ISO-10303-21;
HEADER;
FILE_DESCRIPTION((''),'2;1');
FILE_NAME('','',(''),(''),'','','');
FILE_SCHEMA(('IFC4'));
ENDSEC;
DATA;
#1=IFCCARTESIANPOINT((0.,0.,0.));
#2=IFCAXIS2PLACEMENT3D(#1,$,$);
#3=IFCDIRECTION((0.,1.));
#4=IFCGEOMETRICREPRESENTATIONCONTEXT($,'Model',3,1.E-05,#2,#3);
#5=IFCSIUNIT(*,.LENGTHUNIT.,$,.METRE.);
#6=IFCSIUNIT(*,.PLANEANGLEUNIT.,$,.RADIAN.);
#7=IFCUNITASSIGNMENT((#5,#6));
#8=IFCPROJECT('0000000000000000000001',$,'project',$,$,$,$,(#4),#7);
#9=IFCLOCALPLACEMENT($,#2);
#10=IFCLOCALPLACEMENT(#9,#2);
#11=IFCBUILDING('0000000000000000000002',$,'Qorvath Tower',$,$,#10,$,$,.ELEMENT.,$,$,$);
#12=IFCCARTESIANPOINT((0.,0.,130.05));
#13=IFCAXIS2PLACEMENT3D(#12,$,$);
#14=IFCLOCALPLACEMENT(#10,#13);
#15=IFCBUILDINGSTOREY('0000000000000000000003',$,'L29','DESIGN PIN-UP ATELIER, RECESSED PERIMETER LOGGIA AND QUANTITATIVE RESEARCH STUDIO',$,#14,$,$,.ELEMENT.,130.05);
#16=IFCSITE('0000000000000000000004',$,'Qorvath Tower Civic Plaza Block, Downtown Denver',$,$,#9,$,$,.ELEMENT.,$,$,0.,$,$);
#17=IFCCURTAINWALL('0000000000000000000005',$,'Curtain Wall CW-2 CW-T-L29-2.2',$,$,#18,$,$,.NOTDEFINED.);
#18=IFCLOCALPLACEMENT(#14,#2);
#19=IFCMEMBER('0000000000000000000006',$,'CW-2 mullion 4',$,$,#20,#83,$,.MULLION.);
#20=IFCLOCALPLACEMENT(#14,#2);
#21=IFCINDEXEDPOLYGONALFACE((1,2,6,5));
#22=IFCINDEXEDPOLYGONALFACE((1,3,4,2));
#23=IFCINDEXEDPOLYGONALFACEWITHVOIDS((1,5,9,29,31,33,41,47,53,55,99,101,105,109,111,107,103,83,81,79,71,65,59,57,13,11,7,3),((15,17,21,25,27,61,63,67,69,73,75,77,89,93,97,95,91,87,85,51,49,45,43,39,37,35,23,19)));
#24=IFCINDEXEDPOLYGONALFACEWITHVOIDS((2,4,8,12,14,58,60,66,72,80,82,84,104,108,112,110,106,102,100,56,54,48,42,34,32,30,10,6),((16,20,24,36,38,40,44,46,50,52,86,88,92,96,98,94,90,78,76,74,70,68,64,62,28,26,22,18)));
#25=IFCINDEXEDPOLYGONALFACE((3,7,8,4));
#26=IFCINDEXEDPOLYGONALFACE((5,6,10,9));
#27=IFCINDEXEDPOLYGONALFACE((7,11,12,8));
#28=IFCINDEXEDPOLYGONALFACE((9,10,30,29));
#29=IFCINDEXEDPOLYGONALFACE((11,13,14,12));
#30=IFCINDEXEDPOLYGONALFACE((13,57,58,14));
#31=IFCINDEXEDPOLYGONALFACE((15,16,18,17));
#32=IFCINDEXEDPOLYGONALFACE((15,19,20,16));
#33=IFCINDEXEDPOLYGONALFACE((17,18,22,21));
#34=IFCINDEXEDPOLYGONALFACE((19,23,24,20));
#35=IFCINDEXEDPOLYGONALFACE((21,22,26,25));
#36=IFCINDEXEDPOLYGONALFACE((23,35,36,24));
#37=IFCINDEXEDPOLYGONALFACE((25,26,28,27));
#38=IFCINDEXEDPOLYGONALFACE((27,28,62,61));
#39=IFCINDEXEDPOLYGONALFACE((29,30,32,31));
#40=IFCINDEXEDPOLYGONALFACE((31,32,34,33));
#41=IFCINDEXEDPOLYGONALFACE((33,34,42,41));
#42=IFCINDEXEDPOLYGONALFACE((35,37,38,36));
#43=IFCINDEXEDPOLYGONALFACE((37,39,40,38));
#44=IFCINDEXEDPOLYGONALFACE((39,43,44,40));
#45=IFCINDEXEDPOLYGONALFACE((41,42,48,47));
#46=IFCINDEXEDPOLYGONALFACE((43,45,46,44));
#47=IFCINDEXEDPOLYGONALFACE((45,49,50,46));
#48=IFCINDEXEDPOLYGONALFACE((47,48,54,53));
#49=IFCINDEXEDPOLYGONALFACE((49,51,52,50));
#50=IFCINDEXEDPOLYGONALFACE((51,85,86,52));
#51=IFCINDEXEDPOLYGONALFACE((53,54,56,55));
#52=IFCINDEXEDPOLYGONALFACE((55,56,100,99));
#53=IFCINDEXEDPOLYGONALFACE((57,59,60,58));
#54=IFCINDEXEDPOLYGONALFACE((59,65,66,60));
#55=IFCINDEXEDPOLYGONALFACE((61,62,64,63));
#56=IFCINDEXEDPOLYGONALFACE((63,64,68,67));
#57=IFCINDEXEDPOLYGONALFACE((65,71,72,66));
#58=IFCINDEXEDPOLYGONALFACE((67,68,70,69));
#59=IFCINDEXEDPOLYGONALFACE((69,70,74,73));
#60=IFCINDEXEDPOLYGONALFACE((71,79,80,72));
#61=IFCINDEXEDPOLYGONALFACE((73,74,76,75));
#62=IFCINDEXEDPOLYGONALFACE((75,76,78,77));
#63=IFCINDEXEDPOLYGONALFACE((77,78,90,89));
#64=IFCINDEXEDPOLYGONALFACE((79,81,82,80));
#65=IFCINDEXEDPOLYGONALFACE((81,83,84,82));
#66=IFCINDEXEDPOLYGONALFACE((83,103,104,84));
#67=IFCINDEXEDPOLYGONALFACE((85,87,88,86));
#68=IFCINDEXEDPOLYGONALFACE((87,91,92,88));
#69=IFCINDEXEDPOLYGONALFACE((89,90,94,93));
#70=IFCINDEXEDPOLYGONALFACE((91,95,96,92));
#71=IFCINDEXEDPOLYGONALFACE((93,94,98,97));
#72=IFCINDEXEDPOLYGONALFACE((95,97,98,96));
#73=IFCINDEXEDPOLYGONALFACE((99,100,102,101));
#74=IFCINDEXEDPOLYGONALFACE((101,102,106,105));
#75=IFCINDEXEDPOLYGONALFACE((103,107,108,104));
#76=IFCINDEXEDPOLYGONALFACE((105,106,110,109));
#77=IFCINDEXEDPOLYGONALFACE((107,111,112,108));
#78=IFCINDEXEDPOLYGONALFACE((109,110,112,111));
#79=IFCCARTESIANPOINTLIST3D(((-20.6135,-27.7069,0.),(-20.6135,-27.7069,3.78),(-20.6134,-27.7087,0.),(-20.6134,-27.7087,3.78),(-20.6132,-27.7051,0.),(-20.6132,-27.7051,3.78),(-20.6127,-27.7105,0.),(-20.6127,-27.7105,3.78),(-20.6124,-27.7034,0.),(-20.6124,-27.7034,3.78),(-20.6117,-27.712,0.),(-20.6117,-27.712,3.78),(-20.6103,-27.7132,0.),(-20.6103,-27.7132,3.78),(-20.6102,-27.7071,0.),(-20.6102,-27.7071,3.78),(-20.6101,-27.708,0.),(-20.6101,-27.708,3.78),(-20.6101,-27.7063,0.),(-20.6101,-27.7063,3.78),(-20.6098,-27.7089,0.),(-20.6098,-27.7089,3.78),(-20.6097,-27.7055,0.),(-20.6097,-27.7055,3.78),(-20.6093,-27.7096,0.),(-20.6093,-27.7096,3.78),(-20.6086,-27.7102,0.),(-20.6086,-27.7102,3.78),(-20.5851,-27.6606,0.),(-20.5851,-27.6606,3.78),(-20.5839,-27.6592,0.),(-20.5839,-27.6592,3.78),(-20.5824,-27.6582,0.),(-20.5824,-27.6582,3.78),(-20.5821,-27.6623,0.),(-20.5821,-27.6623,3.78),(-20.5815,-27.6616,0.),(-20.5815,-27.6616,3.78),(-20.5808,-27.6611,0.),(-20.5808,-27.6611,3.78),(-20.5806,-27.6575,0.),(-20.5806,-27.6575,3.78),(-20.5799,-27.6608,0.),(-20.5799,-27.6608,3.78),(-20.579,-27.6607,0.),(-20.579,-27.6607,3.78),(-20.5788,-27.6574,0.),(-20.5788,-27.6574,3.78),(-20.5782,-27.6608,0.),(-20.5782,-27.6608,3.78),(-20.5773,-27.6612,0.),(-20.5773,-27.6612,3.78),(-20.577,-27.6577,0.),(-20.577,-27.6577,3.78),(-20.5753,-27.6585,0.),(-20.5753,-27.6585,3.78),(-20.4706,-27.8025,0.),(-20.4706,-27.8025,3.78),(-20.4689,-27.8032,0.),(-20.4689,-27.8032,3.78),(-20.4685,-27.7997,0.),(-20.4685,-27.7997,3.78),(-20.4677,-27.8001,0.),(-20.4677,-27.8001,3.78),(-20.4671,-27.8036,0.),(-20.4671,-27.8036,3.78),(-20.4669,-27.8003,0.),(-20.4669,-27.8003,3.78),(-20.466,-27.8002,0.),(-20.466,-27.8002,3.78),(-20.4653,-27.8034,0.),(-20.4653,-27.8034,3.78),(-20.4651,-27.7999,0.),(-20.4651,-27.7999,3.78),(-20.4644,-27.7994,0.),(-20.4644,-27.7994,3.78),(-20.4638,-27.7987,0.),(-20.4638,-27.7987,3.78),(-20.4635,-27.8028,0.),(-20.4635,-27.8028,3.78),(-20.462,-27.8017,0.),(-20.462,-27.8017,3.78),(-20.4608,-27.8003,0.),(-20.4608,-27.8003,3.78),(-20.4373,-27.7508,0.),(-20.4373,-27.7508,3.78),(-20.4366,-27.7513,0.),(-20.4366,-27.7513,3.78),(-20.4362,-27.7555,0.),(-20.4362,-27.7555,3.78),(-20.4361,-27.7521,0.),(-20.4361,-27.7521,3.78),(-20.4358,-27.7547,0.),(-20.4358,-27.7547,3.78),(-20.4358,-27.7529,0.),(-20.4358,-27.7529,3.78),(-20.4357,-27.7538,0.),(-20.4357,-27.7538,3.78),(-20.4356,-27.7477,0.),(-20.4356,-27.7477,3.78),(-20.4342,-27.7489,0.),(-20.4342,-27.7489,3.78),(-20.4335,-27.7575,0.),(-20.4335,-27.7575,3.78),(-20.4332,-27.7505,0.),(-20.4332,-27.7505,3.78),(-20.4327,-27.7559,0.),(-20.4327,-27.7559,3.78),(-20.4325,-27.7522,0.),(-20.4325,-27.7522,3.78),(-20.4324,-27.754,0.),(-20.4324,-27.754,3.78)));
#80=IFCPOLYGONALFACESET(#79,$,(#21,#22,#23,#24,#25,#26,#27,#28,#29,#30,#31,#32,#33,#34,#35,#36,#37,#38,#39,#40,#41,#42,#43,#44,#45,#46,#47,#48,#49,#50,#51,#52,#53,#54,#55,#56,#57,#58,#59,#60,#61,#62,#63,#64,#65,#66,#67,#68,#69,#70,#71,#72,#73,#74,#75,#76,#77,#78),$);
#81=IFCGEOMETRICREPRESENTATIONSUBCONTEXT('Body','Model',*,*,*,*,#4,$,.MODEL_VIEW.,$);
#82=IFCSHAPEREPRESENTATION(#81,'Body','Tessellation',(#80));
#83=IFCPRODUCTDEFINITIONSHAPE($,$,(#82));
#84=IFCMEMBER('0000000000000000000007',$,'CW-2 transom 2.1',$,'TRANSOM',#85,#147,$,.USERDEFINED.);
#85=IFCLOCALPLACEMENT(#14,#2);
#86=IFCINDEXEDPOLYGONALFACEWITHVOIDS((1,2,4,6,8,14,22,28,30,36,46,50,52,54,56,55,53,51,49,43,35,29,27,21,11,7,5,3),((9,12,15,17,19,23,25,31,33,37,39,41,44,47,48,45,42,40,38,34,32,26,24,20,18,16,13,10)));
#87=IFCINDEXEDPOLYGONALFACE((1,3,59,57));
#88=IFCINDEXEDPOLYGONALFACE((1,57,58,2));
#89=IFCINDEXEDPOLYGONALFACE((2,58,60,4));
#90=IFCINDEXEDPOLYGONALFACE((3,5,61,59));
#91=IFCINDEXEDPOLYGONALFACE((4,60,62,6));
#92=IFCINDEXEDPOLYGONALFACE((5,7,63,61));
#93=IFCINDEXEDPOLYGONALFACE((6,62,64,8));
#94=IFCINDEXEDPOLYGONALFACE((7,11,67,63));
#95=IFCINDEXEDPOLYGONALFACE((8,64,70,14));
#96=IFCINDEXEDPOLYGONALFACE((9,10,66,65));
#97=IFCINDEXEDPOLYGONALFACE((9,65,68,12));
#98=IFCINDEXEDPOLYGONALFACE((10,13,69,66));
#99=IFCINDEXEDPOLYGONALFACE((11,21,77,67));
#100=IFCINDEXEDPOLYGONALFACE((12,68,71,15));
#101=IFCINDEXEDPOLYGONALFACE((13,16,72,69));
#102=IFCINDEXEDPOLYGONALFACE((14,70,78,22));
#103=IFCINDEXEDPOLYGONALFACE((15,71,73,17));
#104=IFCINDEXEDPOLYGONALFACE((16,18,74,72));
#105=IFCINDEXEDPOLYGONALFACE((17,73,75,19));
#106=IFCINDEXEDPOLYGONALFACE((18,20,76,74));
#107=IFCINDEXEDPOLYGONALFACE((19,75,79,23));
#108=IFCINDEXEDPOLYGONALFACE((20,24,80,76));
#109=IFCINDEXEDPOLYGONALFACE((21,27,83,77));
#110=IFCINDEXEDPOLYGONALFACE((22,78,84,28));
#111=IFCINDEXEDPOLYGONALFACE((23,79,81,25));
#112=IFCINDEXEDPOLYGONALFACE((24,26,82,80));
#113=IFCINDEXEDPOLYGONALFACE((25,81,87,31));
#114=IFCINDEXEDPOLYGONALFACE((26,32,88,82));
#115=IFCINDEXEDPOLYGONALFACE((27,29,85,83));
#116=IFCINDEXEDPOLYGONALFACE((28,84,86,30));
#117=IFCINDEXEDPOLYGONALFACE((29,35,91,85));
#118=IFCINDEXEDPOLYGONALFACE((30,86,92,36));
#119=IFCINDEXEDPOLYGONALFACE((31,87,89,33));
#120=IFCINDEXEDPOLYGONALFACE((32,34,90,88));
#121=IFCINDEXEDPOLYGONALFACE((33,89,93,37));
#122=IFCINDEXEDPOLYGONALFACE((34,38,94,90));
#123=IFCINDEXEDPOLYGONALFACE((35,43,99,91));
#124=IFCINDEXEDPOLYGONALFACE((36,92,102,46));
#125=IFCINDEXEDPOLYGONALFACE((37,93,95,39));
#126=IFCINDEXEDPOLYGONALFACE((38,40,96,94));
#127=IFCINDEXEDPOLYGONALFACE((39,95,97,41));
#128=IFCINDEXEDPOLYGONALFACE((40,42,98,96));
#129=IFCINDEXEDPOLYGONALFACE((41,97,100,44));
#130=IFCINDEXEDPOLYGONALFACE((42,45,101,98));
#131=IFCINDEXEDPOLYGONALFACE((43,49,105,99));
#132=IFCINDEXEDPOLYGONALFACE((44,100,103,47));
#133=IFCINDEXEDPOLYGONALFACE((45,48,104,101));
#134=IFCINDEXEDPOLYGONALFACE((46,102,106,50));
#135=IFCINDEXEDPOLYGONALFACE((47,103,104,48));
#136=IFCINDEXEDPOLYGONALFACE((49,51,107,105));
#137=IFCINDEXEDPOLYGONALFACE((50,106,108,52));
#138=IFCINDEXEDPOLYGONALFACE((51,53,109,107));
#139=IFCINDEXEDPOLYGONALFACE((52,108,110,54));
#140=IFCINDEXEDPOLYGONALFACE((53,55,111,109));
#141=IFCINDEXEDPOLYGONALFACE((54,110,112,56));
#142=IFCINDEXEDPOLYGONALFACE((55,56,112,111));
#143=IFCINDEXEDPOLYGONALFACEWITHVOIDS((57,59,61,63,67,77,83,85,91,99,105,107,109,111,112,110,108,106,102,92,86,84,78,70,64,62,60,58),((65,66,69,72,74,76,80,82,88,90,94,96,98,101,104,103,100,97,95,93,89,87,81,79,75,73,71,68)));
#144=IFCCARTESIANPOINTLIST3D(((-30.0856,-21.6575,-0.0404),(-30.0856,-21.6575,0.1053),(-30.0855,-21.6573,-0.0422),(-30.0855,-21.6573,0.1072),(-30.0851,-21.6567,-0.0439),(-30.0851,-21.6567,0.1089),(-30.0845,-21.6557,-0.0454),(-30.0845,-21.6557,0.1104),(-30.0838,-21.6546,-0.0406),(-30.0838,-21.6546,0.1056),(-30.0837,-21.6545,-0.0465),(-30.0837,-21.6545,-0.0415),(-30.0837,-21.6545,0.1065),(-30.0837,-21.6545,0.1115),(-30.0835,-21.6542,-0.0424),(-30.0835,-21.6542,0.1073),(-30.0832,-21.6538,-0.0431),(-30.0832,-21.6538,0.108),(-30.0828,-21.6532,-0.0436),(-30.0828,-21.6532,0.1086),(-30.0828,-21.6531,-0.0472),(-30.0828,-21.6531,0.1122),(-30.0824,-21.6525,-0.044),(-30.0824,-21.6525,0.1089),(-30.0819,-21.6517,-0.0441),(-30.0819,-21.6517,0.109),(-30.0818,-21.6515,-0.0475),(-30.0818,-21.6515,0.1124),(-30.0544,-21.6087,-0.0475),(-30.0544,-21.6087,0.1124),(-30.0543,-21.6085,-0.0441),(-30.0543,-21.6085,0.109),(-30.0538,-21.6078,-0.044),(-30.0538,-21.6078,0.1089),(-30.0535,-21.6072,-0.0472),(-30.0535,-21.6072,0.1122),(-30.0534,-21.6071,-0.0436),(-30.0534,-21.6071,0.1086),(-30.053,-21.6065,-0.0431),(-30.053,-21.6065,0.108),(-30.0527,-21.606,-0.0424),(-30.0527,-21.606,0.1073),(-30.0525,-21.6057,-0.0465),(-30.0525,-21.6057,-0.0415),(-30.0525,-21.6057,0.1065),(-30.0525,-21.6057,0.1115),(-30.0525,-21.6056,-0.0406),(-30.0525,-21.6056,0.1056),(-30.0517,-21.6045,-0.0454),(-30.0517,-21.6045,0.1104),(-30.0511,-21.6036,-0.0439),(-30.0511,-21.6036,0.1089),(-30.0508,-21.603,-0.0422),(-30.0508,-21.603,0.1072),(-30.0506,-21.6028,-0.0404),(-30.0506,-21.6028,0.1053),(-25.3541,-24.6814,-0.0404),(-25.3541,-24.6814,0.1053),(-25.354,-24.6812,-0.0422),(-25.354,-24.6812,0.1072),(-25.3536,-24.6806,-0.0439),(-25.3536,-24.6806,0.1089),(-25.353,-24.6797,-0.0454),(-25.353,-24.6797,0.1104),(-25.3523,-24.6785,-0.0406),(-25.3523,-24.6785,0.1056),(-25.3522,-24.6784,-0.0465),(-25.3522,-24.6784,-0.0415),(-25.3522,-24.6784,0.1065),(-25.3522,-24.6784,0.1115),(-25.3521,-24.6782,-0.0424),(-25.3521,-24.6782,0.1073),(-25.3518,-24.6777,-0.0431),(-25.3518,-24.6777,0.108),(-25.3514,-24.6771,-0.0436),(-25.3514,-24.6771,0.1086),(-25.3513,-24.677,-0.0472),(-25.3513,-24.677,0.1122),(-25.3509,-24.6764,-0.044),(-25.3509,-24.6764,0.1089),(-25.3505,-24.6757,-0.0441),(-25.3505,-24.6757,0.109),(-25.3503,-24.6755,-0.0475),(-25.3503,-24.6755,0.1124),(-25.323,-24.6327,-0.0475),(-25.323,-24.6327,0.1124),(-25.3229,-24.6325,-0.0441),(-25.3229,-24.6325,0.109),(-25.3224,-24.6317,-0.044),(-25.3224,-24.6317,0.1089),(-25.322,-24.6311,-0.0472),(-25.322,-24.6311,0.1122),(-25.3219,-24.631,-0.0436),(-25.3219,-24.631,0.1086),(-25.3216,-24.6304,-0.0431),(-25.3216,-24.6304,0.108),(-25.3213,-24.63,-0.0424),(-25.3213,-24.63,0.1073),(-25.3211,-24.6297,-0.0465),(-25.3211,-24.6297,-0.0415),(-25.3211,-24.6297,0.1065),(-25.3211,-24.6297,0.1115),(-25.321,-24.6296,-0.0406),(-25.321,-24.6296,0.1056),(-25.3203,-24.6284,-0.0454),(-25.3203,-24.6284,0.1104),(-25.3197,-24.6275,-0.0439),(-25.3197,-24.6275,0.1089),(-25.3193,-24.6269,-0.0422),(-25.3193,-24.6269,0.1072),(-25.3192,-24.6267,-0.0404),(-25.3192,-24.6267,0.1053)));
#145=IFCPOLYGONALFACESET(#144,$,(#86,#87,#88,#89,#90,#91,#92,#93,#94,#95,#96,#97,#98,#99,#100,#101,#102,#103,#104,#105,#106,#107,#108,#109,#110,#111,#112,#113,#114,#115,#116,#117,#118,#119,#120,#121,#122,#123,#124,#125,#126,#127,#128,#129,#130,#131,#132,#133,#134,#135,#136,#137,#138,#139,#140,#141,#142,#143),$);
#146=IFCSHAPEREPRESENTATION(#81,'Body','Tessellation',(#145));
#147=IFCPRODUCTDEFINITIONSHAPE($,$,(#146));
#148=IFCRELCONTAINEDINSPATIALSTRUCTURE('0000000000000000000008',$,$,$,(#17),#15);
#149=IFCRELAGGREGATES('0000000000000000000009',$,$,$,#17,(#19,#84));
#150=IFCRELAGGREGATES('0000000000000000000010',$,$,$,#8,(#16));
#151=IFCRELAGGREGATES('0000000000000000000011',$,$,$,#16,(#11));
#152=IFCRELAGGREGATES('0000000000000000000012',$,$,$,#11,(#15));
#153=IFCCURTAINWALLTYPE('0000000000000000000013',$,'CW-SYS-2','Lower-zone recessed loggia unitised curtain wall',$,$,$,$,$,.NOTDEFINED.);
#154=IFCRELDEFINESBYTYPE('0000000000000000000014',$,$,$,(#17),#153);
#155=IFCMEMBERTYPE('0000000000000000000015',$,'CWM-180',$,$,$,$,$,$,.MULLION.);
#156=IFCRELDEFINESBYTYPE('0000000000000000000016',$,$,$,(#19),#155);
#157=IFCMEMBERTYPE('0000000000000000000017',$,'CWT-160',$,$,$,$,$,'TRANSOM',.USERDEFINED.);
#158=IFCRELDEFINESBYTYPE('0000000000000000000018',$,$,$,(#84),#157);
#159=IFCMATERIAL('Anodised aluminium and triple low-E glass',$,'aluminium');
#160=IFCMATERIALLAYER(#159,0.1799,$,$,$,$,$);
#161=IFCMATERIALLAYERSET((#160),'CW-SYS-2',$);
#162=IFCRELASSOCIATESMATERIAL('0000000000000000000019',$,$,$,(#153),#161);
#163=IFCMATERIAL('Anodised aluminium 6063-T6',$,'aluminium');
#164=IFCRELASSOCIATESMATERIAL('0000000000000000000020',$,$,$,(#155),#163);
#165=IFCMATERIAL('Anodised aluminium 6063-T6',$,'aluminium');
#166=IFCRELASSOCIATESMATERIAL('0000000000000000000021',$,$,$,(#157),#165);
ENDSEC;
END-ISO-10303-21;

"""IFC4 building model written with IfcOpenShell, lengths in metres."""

from ifc_helpers import new_model, si_unit, direction, frame, origin, origin_2d, place, context, subcontext, project, spatial, hollow_rectangle, extrude, material, layer, layer_set, material_profile, profile_set, type_object, element, aggregate, save


model = new_model("IFC4")

# Units and contexts
model_context = context("Model", 3, precision=1e-05, world=origin(), true_north=direction((0.0, 1.0)))
body_context = subcontext(model_context, "Body", "Model", "MODEL_VIEW")
ifc_project = project(units=[si_unit("LENGTHUNIT", "METRE"), si_unit("PLANEANGLEUNIT", "RADIAN")], contexts=[model_context])

# Site, building, storey
site_placement = place(None, origin())
site = spatial("IfcSite", under=ifc_project, at=site_placement, Name="Qorvath Tower Civic Plaza Block, Downtown Denver", CompositionType="ELEMENT", RefElevation=0.0)
building_placement = place(site_placement, origin())
building = spatial("IfcBuilding", under=site, at=building_placement, Name="Qorvath Tower", CompositionType="ELEMENT")
storey_placement = place(building_placement, frame((0.0, 0.0, 130.05)))
storey = spatial("IfcBuildingStorey", under=building, at=storey_placement, Name="L29", Description="DESIGN PIN-UP ATELIER, RECESSED PERIMETER LOGGIA AND QUANTITATIVE RESEARCH STUDIO", CompositionType="ELEMENT", Elevation=130.05)

# Curtain wall, members
ifc_material_1 = material(Name="Anodised aluminium and triple low-E glass", Category="aluminium")
ifc_layer_1 = layer(ifc_material_1, 0.1799)
ifc_layer_set_1 = layer_set([ifc_layer_1], Name="CW-SYS-2")
curtain_wall_type = type_object("IfcCurtainWallType", Name="CW-SYS-2", Description="Lower-zone recessed loggia unitised curtain wall", PredefinedType="NOTDEFINED", material=ifc_layer_set_1)
curtain_wall_placement = place(storey_placement, origin())
curtain_wall = element("IfcCurtainWall", 1, at=curtain_wall_placement, inside=storey, type_object=curtain_wall_type, Name="Curtain Wall CW-2 CW-T-L29-2.2", PredefinedType="NOTDEFINED")
ifc_material_2 = material(Name="Anodised aluminium 6063-T6", Category="aluminium")
ifc_material_profile_1 = material_profile(ifc_material_2, hollow_rectangle(XDim=0.0649, YDim=0.1799, WallThickness=0.0034, InnerFilletRadius=0.0034, OuterFilletRadius=0.0071, at=origin_2d()), Name="CWM 180x65")
ifc_profile_set_1 = profile_set([ifc_material_profile_1], Name="Anodised aluminium 6063-T6")
member_type_1 = type_object("IfcMemberType", Name="CWM-180", PredefinedType="MULLION", material=ifc_profile_set_1)
member_1_placement = place(storey_placement, frame((-20.5229, -27.7305, 0.0), z_axis=(0.0, 0.0, 1.0), x_axis=(0.538536, 0.842602, 0.0)))
member_1 = element("IfcMember", 2, at=member_1_placement, type_object=member_type_1, Name="CW-2 mullion 4", PredefinedType="MULLION", context=body_context, shape_type="SweptSolid", body=[
    extrude(hollow_rectangle(XDim=0.0649, YDim=0.1799, WallThickness=0.0034, InnerFilletRadius=0.0034, OuterFilletRadius=0.0071, at=origin_2d()), origin(), (0.0, 0.0, 1.0), 3.78),
])
ifc_material_3 = material(Name="Anodised aluminium 6063-T6", Category="aluminium")
ifc_material_profile_2 = material_profile(ifc_material_3, hollow_rectangle(XDim=0.0649, YDim=0.1599, WallThickness=0.0034, InnerFilletRadius=0.0034, OuterFilletRadius=0.0071, at=origin_2d()), Name="CWT 160x65")
ifc_profile_set_2 = profile_set([ifc_material_profile_2], Name="Anodised aluminium 6063-T6")
member_type_2 = type_object("IfcMemberType", Name="CWT-160", ElementType="TRANSOM", PredefinedType="USERDEFINED", material=ifc_profile_set_2)
member_2_placement = place(storey_placement, frame((-30.0681, -21.6301, 0.0325), z_axis=(0.842611, -0.538523, 0.0), x_axis=(0.538523, 0.842611, 0.0)))
member_2 = element("IfcMember", 3, at=member_2_placement, type_object=member_type_2, Name="CW-2 transom 2.1", ObjectType="TRANSOM", PredefinedType="USERDEFINED", context=body_context, shape_type="SweptSolid", body=[
    extrude(hollow_rectangle(XDim=0.0649, YDim=0.1599, WallThickness=0.0034, InnerFilletRadius=0.0034, OuterFilletRadius=0.0071, at=origin_2d()), origin(), (0.0, 0.0, 1.0), 5.6152),
])
aggregate(curtain_wall, [member_1, member_2])

save(model, "model.ifc")
